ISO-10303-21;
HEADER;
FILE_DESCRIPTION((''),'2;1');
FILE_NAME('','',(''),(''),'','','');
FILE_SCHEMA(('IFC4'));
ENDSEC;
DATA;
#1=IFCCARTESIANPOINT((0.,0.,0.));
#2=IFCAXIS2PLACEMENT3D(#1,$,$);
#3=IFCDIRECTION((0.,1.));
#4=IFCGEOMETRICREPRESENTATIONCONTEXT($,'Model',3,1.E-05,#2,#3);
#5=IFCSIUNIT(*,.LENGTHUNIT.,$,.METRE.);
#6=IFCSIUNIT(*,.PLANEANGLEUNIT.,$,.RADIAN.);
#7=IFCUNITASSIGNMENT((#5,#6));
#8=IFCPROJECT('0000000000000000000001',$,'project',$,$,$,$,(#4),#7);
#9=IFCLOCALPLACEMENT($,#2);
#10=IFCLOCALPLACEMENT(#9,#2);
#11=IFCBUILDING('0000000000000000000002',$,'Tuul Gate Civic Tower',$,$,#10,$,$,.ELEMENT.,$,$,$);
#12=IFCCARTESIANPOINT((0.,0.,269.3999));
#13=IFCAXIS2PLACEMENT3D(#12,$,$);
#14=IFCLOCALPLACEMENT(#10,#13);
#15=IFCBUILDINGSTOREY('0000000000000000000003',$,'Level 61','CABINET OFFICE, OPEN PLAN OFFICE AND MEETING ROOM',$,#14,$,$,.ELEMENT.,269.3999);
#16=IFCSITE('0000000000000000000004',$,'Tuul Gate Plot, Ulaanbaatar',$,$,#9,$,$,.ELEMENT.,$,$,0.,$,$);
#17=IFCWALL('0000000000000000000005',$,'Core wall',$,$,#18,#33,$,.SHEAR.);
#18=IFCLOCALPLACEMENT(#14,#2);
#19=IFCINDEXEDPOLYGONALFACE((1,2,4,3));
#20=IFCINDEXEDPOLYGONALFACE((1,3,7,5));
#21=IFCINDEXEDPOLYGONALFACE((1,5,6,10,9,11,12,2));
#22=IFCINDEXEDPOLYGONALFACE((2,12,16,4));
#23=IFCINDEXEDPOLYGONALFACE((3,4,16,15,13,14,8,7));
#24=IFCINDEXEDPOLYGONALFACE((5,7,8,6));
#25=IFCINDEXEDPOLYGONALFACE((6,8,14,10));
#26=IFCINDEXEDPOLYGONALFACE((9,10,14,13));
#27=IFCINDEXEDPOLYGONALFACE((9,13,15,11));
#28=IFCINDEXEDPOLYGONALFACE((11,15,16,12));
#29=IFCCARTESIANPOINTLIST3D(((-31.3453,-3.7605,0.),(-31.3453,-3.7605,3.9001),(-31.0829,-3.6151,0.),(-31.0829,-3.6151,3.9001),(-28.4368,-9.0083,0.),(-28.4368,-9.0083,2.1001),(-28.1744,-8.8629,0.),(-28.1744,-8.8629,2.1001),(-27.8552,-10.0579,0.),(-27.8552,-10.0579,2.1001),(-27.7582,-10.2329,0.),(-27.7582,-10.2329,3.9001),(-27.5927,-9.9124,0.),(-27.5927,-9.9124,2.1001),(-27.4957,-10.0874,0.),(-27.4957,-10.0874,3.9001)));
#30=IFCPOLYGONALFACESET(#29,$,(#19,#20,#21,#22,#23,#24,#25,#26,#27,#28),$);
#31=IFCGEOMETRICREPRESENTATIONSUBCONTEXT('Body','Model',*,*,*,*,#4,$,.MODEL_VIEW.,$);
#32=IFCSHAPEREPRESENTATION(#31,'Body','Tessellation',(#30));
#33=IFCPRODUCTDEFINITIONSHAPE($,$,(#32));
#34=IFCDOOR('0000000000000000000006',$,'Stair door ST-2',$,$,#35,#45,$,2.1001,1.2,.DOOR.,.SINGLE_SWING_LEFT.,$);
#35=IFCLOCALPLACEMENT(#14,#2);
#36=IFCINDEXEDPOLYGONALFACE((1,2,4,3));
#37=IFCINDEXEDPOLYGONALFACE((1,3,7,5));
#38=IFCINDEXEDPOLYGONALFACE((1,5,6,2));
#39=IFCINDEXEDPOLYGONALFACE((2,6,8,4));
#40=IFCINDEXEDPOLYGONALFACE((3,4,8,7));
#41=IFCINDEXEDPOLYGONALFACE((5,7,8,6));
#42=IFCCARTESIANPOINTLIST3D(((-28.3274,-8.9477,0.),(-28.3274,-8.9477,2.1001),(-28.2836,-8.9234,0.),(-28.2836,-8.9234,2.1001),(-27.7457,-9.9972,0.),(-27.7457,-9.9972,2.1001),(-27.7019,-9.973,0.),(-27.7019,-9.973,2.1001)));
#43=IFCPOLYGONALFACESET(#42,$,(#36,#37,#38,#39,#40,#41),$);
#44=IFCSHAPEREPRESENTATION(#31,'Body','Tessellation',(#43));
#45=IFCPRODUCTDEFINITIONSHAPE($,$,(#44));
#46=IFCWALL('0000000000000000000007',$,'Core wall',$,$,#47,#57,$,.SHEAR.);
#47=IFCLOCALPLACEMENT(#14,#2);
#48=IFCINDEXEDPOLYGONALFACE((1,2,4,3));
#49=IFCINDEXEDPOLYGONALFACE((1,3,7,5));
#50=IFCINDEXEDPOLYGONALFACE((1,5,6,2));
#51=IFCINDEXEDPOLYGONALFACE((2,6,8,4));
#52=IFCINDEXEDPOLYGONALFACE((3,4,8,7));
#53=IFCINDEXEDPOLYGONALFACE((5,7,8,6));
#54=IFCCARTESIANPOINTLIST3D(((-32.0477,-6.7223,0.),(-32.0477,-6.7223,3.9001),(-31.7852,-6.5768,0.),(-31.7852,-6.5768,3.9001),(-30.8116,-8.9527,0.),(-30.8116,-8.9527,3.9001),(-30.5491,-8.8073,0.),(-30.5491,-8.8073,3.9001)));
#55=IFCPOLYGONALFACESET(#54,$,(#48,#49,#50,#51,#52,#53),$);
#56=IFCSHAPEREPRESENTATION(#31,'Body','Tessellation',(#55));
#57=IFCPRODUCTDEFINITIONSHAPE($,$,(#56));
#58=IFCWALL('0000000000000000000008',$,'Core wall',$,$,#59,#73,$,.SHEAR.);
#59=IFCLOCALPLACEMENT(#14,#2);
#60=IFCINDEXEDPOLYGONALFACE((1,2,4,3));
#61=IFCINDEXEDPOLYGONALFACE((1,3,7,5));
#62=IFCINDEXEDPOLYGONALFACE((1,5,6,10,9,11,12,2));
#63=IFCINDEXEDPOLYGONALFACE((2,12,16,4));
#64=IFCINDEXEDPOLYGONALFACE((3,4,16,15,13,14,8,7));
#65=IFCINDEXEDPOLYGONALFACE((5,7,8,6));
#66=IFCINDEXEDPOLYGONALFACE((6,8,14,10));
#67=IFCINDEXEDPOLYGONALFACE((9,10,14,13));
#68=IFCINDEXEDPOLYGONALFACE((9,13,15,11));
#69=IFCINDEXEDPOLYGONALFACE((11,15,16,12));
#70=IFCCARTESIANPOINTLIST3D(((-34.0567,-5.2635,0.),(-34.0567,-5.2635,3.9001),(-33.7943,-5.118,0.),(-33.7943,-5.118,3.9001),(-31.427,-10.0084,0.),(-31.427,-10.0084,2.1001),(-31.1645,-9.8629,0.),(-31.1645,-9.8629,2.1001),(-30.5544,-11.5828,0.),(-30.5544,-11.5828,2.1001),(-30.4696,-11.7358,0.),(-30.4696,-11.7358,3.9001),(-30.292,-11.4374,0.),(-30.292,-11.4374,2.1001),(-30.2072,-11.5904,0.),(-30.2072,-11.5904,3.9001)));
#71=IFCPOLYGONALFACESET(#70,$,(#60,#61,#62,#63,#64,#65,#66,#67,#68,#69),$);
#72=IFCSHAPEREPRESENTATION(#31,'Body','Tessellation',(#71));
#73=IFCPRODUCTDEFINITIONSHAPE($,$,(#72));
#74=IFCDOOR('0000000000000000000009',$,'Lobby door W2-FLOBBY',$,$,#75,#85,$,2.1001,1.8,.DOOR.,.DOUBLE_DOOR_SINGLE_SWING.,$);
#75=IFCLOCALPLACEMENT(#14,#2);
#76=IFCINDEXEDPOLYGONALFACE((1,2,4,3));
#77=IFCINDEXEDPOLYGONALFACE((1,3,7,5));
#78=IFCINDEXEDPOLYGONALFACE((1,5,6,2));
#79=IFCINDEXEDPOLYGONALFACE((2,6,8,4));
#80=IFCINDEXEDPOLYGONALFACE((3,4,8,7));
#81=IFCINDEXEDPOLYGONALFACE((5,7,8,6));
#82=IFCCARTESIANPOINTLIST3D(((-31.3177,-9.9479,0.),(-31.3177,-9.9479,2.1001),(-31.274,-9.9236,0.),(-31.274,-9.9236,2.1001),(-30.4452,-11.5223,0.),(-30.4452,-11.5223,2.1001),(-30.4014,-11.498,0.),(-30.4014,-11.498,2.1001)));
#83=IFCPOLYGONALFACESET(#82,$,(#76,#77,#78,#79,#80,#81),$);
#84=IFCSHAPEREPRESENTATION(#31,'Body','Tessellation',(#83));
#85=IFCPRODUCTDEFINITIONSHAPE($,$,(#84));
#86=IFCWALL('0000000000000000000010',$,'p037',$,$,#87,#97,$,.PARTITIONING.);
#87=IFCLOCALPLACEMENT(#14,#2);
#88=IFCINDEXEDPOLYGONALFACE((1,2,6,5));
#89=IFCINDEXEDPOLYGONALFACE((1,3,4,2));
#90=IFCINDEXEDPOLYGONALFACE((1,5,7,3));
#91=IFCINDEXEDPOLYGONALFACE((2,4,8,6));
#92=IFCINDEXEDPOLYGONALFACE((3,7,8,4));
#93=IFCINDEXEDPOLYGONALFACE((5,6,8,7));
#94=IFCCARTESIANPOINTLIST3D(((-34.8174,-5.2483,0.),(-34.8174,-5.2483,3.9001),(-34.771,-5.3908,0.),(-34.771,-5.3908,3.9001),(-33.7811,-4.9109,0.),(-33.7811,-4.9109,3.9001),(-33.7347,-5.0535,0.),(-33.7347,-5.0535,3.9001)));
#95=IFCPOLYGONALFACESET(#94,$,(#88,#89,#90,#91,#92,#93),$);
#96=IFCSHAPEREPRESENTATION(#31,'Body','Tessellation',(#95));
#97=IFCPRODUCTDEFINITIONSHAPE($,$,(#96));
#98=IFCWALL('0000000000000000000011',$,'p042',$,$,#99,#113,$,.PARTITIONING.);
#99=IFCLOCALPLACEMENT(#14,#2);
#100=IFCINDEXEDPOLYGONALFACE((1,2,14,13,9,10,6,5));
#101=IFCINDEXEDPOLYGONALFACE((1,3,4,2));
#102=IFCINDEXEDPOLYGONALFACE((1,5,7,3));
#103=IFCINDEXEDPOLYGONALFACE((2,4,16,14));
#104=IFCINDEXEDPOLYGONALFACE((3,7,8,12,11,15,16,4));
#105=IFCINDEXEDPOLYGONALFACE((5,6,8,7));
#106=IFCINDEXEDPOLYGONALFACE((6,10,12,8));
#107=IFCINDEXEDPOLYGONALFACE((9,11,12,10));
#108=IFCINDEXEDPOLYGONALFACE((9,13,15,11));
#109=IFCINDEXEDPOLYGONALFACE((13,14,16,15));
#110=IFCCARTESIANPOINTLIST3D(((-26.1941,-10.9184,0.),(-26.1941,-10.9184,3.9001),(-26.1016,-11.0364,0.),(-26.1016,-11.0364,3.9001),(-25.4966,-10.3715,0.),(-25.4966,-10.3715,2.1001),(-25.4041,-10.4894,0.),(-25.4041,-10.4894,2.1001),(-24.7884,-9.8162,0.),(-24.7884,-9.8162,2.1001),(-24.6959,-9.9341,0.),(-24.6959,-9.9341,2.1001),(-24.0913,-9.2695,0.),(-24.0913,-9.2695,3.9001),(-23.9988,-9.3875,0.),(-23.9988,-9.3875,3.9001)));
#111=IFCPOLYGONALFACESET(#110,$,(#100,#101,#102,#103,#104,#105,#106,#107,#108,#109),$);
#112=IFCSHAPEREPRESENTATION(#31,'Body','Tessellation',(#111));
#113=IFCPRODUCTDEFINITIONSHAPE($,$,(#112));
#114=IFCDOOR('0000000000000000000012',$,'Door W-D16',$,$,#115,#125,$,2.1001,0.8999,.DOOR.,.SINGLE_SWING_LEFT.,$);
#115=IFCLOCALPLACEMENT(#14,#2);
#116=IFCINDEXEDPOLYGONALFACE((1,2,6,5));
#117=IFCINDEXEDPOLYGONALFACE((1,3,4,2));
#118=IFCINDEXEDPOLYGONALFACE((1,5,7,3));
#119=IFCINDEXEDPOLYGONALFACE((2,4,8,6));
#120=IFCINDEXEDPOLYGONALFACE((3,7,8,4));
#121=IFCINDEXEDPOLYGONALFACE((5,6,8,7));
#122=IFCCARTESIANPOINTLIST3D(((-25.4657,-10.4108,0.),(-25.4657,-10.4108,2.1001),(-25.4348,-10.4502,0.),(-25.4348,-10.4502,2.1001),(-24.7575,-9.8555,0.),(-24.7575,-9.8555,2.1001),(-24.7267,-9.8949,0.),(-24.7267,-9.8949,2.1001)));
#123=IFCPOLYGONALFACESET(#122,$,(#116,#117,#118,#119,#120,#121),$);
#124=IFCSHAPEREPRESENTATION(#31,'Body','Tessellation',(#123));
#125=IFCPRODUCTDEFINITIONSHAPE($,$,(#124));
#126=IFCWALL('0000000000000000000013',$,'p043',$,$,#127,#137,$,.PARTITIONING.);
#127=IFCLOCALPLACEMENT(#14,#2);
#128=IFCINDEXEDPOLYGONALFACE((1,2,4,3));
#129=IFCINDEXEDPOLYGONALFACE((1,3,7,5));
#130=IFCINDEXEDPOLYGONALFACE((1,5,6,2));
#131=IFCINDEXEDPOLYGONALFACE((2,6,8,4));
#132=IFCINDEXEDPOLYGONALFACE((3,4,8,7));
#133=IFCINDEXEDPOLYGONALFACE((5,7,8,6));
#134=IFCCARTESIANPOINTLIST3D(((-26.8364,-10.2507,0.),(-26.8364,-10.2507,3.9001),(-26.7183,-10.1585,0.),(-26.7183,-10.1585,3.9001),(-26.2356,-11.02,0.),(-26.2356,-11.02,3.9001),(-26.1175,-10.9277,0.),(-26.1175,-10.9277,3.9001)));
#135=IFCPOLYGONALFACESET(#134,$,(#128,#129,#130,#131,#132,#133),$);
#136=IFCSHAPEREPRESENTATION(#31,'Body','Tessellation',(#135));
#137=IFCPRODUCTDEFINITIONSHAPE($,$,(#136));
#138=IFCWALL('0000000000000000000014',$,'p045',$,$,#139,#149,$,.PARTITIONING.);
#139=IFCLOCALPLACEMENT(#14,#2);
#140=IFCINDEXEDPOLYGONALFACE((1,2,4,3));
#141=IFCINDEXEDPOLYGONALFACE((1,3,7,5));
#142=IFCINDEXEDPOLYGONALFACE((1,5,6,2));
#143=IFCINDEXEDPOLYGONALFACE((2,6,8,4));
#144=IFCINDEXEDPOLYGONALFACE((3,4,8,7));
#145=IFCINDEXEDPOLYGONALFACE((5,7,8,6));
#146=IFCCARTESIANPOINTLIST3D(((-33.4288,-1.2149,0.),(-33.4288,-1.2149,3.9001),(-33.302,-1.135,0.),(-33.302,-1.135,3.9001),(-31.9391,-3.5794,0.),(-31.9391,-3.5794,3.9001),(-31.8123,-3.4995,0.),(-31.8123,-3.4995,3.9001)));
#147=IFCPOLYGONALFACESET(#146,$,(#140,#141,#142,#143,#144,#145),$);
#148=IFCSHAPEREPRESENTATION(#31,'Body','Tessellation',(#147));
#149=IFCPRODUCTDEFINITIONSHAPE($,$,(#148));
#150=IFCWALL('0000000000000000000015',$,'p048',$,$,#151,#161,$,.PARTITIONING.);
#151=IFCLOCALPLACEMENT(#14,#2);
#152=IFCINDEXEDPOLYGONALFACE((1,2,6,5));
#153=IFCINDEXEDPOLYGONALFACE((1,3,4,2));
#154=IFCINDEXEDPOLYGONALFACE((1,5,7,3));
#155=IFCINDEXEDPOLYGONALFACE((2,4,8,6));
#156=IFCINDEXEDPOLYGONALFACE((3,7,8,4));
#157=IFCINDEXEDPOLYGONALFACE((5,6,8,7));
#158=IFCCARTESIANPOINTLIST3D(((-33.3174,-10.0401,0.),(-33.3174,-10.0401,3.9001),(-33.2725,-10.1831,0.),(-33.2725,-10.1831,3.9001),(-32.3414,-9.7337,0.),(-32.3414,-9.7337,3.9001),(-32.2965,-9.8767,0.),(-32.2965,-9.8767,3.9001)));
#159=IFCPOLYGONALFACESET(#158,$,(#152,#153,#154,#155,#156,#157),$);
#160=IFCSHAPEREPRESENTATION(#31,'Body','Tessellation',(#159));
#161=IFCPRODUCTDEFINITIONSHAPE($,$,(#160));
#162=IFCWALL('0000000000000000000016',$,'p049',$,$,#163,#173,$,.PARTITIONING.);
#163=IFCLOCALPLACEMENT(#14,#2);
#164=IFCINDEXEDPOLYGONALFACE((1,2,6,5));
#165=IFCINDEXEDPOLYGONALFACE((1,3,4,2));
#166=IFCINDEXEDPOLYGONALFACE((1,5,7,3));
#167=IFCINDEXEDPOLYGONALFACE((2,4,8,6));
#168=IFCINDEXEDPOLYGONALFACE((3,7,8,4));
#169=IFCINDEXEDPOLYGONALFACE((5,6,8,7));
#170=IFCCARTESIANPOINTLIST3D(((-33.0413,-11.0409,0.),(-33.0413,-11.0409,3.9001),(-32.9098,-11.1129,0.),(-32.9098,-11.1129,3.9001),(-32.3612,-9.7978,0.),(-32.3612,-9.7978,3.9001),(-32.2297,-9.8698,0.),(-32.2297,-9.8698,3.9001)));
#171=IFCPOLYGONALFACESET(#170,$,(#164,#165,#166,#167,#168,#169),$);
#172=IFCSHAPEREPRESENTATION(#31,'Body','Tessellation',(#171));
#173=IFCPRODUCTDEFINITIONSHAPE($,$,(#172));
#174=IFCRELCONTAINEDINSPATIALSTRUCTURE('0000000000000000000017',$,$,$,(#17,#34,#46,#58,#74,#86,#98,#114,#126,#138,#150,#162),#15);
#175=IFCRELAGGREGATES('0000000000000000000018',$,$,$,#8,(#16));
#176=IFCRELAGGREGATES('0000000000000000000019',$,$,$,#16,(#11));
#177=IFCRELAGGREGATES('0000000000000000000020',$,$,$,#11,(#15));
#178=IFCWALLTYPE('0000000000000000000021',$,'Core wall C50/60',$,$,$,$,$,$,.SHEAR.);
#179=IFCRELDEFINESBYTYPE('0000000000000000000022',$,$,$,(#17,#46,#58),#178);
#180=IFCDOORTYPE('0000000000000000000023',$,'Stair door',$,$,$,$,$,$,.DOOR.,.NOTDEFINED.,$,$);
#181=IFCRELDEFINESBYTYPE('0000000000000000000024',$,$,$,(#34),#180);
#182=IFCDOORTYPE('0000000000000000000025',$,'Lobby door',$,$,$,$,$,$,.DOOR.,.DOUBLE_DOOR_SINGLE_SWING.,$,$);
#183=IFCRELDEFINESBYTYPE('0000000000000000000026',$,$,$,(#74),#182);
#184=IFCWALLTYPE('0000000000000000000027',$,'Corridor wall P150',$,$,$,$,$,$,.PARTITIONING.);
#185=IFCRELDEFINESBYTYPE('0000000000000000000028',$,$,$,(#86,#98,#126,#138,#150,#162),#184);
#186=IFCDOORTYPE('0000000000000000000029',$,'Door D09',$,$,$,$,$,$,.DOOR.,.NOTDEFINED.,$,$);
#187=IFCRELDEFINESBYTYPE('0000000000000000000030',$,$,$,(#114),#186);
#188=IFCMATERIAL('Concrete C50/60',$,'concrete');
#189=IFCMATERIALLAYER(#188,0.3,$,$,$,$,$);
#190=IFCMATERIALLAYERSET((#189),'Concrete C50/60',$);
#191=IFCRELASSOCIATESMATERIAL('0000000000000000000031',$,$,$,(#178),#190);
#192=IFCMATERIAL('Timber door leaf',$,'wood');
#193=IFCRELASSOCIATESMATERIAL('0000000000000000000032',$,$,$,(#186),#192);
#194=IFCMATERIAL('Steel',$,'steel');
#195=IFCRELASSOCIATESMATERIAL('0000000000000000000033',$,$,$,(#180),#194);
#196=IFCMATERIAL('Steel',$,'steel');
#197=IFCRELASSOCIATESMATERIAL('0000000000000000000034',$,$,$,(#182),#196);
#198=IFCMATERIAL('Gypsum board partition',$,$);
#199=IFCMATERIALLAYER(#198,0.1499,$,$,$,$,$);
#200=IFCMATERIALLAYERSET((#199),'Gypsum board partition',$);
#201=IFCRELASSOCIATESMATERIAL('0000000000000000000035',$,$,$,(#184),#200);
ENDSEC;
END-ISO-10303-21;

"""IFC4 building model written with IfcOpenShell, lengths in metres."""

from ifc_helpers import new_model, si_unit, direction, frame, frame_2d, origin, place, context, subcontext, project, spatial, rectangle, extrude, material, layer, layer_set, type_object, element, fill, save


model = new_model("IFC4")

# Units and contexts
model_context = context("Model", 3, precision=1e-05, world=origin(), true_north=direction((0.0, 1.0)))
body_context = subcontext(model_context, "Body", "Model", "MODEL_VIEW")
ifc_project = project(units=[si_unit("LENGTHUNIT", "METRE"), si_unit("PLANEANGLEUNIT", "RADIAN")], contexts=[model_context])

# Site, building, storey
site_placement = place(None, origin())
site = spatial("IfcSite", under=ifc_project, at=site_placement, Name="Tuul Gate Plot, Ulaanbaatar", CompositionType="ELEMENT", RefElevation=0.0)
building_placement = place(site_placement, origin())
building = spatial("IfcBuilding", under=site, at=building_placement, Name="Tuul Gate Civic Tower", CompositionType="ELEMENT")
storey_placement = place(building_placement, frame((0.0, 0.0, 269.3999)))
storey = spatial("IfcBuildingStorey", under=building, at=storey_placement, Name="Level 61", Description="CABINET OFFICE, OPEN PLAN OFFICE AND MEETING ROOM", CompositionType="ELEMENT", Elevation=269.3999)

# Shared definitions
ifc_material_1 = material(Name="Concrete C50/60", Category="concrete")
ifc_layer_1 = layer(ifc_material_1, 0.3)
ifc_layer_set_1 = layer_set([ifc_layer_1], Name="Concrete C50/60")
wall_type_1 = type_object("IfcWallType", Name="Core wall C50/60", PredefinedType="SHEAR", material=ifc_layer_set_1)

# Wall, opening, door
ifc_material_2 = material(Name="Timber door leaf", Category="wood")
door_type_1 = type_object("IfcDoorType", Name="Door D09", OperationType="NOTDEFINED", PredefinedType="DOOR", material=ifc_material_2)
wall_1_placement = place(storey_placement, frame((-27.627, -10.1602, 0.0), z_axis=(0.0, 0.0, 1.0), x_axis=(-0.484752, 0.874652, 0.0)))
wall_1 = element("IfcWall", 1, at=wall_1_placement, inside=storey, type_object=wall_type_1, Name="Core wall", PredefinedType="SHEAR", context=body_context, shape_type="SweptSolid", body=[
    extrude(rectangle(XDim=7.3999, YDim=0.3, at=frame_2d((3.7, 0.0))), origin(), (0.0, 0.0, 1.0), 3.9001),
])
opening_1_placement = place(wall_1_placement, frame((0.2, 0.0, 0.0)))
opening_1 = element("IfcOpeningElement", 2, at=opening_1_placement, cuts=wall_1, PredefinedType="OPENING", context=body_context, shape_type="SweptSolid", body=[
    extrude(rectangle(XDim=1.2, YDim=2.1001, at=frame_2d((0.6001, 1.05))), frame((0.0, 0.1602, 0.0), z_axis=(0.0, -1.0, 0.0), x_axis=(1.0, 0.0, 0.0)), (0.0, 0.0, 1.0), 0.3201),
])
ifc_material_3 = material(Name="Steel", Category="steel")
door_type_2 = type_object("IfcDoorType", Name="Stair door", OperationType="NOTDEFINED", PredefinedType="DOOR", material=ifc_material_3)
door_1_placement = place(opening_1_placement, origin())
door_1 = element("IfcDoor", 3, at=door_1_placement, inside=storey, type_object=door_type_2, Name="Stair door ST-2", OperationType="SINGLE_SWING_LEFT", OverallHeight=2.1001, OverallWidth=1.2, PredefinedType="DOOR", context=body_context, shape_type="SweptSolid", body=[
    extrude(rectangle(XDim=1.2, YDim=2.1001, at=frame_2d((0.6001, 1.05))), frame((0.0, 0.0249, 0.0), z_axis=(0.0, -1.0, 0.0), x_axis=(1.0, 0.0, 0.0)), (0.0, 0.0, 1.0), 0.05),
])
fill(opening_1, door_1)

# Wall
wall_2_placement = place(storey_placement, frame((-30.6804, -8.8799, 0.0), z_axis=(0.0, 0.0, 1.0), x_axis=(-0.484724, 0.874667, 0.0)))
element("IfcWall", 4, at=wall_2_placement, inside=storey, type_object=wall_type_1, Name="Core wall", PredefinedType="SHEAR", context=body_context, shape_type="SweptSolid", body=[
    extrude(rectangle(XDim=2.55, YDim=0.3, at=frame_2d((1.2749, 0.0))), origin(), (0.0, 0.0, 1.0), 3.9001),
])

# Wall, opening, door
wall_3_placement = place(storey_placement, frame((-30.3384, -11.6631, 0.0), z_axis=(0.0, 0.0, 1.0), x_axis=(-0.484752, 0.874652, 0.0)))
wall_3 = element("IfcWall", 5, at=wall_3_placement, inside=storey, type_object=wall_type_1, Name="Core wall", PredefinedType="SHEAR", context=body_context, shape_type="SweptSolid", body=[
    extrude(rectangle(XDim=7.3999, YDim=0.3, at=frame_2d((3.7, 0.0))), origin(), (0.0, 0.0, 1.0), 3.9001),
])
opening_2_placement = place(wall_3_placement, frame((0.175, 0.0, 0.0)))
opening_2 = element("IfcOpeningElement", 6, at=opening_2_placement, cuts=wall_3, PredefinedType="OPENING", context=body_context, shape_type="SweptSolid", body=[
    extrude(rectangle(XDim=1.8, YDim=2.1001, at=frame_2d((0.8999, 1.05))), frame((0.0, 0.1602, 0.0), z_axis=(0.0, -1.0, 0.0), x_axis=(1.0, 0.0, 0.0)), (0.0, 0.0, 1.0), 0.3201),
])
ifc_material_4 = material(Name="Steel", Category="steel")
door_type_3 = type_object("IfcDoorType", Name="Lobby door", OperationType="DOUBLE_DOOR_SINGLE_SWING", PredefinedType="DOOR", material=ifc_material_4)
door_2_placement = place(opening_2_placement, frame((1.8, 0.0, 0.0), z_axis=(0.0, 0.0, 1.0), x_axis=(-1.0, 0.0, 0.0)))
door_2 = element("IfcDoor", 7, at=door_2_placement, inside=storey, type_object=door_type_3, Name="Lobby door W2-FLOBBY", OperationType="DOUBLE_DOOR_SINGLE_SWING", OverallHeight=2.1001, OverallWidth=1.8, PredefinedType="DOOR", context=body_context, shape_type="SweptSolid", body=[
    extrude(rectangle(XDim=1.8, YDim=2.1001, at=frame_2d((0.9001, 1.05))), frame((0.0, 0.0249, 0.0), z_axis=(0.0, -1.0, 0.0), x_axis=(1.0, 0.0, 0.0)), (0.0, 0.0, 1.0), 0.05),
])
fill(opening_2, door_2)

# Wall
ifc_material_5 = material(Name="Gypsum board partition")
ifc_layer_2 = layer(ifc_material_5, 0.1499)
ifc_layer_set_2 = layer_set([ifc_layer_2], Name="Gypsum board partition")
wall_type_2 = type_object("IfcWallType", Name="Corridor wall P150", PredefinedType="PARTITIONING", material=ifc_layer_set_2)
wall_4_placement = place(storey_placement, frame((-34.7942, -5.3196, 0.0), z_axis=(0.0, 0.0, 1.0), x_axis=(0.950878, 0.309567, 0.0)))
element("IfcWall", 8, at=wall_4_placement, inside=storey, type_object=wall_type_2, Name="p037", PredefinedType="PARTITIONING", context=body_context, shape_type="SweptSolid", body=[
    extrude(rectangle(XDim=1.0898, YDim=0.1499, at=frame_2d((0.5449, 0.0))), origin(), (0.0, 0.0, 1.0), 3.9001),
])

# Wall, opening, door
wall_5_placement = place(storey_placement, frame((-26.1477, -10.9773, 0.0), z_axis=(0.0, 0.0, 1.0), x_axis=(0.786911, 0.617067, 0.0)))
wall_5 = element("IfcWall", 9, at=wall_5_placement, inside=storey, type_object=wall_type_2, Name="p042", PredefinedType="PARTITIONING", context=body_context, shape_type="SweptSolid", body=[
    extrude(rectangle(XDim=2.6721, YDim=0.1499, at=frame_2d((1.3359, 0.0))), origin(), (0.0, 0.0, 1.0), 3.9001),
])
opening_3_placement = place(wall_5_placement, frame((0.8862, 0.0, 0.0)))
opening_3 = element("IfcOpeningElement", 10, at=opening_3_placement, cuts=wall_5, PredefinedType="OPENING", context=body_context, shape_type="SweptSolid", body=[
    extrude(rectangle(XDim=0.8999, YDim=2.1001, at=frame_2d((0.45, 1.05))), frame((0.0, 0.085, 0.0), z_axis=(0.0, -1.0, 0.0), x_axis=(1.0, 0.0, 0.0)), (0.0, 0.0, 1.0), 0.1699),
])
door_3_placement = place(opening_3_placement, origin())
door_3 = element("IfcDoor", 11, at=door_3_placement, inside=storey, type_object=door_type_1, Name="Door W-D16", OperationType="SINGLE_SWING_LEFT", OverallHeight=2.1001, OverallWidth=0.8999, PredefinedType="DOOR", context=body_context, shape_type="SweptSolid", body=[
    extrude(rectangle(XDim=0.8999, YDim=2.1001, at=frame_2d((0.45, 1.05))), frame((0.0, 0.0249, 0.0), z_axis=(0.0, -1.0, 0.0), x_axis=(1.0, 0.0, 0.0)), (0.0, 0.0, 1.0), 0.05),
])
fill(opening_3, door_3)

# Walls
wall_6_placement = place(storey_placement, frame((-26.7773, -10.2046, 0.0), z_axis=(0.0, 0.0, 1.0), x_axis=(0.615532, -0.788112, 0.0)))
element("IfcWall", 12, at=wall_6_placement, inside=storey, type_object=wall_type_2, Name="p043", PredefinedType="PARTITIONING", context=body_context, shape_type="SweptSolid", body=[
    extrude(rectangle(XDim=0.9761, YDim=0.1499, at=frame_2d((0.488, 0.0))), origin(), (0.0, 0.0, 1.0), 3.9001),
])
wall_7_placement = place(storey_placement, frame((-33.3655, -1.1748, 0.0), z_axis=(0.0, 0.0, 1.0), x_axis=(0.533066, -0.846074, 0.0)))
element("IfcWall", 13, at=wall_7_placement, inside=storey, type_object=wall_type_2, Name="p045", PredefinedType="PARTITIONING", context=body_context, shape_type="SweptSolid", body=[
    extrude(rectangle(XDim=2.7947, YDim=0.1499, at=frame_2d((1.3975, 0.0))), origin(), (0.0, 0.0, 1.0), 3.9001),
])
wall_8_placement = place(storey_placement, frame((-33.2949, -10.1116, 0.0), z_axis=(0.0, 0.0, 1.0), x_axis=(0.954097, 0.299498, 0.0)))
element("IfcWall", 14, at=wall_8_placement, inside=storey, type_object=wall_type_2, Name="p048", PredefinedType="PARTITIONING", context=body_context, shape_type="SweptSolid", body=[
    extrude(rectangle(XDim=1.0229, YDim=0.1499, at=frame_2d((0.5115, 0.0))), origin(), (0.0, 0.0, 1.0), 3.9001),
])
wall_9_placement = place(storey_placement, frame((-32.9756, -11.0769, 0.0), z_axis=(0.0, 0.0, 1.0), x_axis=(0.479986, 0.877276, 0.0)))
element("IfcWall", 15, at=wall_9_placement, inside=storey, type_object=wall_type_2, Name="p049", PredefinedType="PARTITIONING", context=body_context, shape_type="SweptSolid", body=[
    extrude(rectangle(XDim=1.417, YDim=0.1499, at=frame_2d((0.7085, 0.0))), origin(), (0.0, 0.0, 1.0), 3.9001),
])

save(model, "model.ifc")
